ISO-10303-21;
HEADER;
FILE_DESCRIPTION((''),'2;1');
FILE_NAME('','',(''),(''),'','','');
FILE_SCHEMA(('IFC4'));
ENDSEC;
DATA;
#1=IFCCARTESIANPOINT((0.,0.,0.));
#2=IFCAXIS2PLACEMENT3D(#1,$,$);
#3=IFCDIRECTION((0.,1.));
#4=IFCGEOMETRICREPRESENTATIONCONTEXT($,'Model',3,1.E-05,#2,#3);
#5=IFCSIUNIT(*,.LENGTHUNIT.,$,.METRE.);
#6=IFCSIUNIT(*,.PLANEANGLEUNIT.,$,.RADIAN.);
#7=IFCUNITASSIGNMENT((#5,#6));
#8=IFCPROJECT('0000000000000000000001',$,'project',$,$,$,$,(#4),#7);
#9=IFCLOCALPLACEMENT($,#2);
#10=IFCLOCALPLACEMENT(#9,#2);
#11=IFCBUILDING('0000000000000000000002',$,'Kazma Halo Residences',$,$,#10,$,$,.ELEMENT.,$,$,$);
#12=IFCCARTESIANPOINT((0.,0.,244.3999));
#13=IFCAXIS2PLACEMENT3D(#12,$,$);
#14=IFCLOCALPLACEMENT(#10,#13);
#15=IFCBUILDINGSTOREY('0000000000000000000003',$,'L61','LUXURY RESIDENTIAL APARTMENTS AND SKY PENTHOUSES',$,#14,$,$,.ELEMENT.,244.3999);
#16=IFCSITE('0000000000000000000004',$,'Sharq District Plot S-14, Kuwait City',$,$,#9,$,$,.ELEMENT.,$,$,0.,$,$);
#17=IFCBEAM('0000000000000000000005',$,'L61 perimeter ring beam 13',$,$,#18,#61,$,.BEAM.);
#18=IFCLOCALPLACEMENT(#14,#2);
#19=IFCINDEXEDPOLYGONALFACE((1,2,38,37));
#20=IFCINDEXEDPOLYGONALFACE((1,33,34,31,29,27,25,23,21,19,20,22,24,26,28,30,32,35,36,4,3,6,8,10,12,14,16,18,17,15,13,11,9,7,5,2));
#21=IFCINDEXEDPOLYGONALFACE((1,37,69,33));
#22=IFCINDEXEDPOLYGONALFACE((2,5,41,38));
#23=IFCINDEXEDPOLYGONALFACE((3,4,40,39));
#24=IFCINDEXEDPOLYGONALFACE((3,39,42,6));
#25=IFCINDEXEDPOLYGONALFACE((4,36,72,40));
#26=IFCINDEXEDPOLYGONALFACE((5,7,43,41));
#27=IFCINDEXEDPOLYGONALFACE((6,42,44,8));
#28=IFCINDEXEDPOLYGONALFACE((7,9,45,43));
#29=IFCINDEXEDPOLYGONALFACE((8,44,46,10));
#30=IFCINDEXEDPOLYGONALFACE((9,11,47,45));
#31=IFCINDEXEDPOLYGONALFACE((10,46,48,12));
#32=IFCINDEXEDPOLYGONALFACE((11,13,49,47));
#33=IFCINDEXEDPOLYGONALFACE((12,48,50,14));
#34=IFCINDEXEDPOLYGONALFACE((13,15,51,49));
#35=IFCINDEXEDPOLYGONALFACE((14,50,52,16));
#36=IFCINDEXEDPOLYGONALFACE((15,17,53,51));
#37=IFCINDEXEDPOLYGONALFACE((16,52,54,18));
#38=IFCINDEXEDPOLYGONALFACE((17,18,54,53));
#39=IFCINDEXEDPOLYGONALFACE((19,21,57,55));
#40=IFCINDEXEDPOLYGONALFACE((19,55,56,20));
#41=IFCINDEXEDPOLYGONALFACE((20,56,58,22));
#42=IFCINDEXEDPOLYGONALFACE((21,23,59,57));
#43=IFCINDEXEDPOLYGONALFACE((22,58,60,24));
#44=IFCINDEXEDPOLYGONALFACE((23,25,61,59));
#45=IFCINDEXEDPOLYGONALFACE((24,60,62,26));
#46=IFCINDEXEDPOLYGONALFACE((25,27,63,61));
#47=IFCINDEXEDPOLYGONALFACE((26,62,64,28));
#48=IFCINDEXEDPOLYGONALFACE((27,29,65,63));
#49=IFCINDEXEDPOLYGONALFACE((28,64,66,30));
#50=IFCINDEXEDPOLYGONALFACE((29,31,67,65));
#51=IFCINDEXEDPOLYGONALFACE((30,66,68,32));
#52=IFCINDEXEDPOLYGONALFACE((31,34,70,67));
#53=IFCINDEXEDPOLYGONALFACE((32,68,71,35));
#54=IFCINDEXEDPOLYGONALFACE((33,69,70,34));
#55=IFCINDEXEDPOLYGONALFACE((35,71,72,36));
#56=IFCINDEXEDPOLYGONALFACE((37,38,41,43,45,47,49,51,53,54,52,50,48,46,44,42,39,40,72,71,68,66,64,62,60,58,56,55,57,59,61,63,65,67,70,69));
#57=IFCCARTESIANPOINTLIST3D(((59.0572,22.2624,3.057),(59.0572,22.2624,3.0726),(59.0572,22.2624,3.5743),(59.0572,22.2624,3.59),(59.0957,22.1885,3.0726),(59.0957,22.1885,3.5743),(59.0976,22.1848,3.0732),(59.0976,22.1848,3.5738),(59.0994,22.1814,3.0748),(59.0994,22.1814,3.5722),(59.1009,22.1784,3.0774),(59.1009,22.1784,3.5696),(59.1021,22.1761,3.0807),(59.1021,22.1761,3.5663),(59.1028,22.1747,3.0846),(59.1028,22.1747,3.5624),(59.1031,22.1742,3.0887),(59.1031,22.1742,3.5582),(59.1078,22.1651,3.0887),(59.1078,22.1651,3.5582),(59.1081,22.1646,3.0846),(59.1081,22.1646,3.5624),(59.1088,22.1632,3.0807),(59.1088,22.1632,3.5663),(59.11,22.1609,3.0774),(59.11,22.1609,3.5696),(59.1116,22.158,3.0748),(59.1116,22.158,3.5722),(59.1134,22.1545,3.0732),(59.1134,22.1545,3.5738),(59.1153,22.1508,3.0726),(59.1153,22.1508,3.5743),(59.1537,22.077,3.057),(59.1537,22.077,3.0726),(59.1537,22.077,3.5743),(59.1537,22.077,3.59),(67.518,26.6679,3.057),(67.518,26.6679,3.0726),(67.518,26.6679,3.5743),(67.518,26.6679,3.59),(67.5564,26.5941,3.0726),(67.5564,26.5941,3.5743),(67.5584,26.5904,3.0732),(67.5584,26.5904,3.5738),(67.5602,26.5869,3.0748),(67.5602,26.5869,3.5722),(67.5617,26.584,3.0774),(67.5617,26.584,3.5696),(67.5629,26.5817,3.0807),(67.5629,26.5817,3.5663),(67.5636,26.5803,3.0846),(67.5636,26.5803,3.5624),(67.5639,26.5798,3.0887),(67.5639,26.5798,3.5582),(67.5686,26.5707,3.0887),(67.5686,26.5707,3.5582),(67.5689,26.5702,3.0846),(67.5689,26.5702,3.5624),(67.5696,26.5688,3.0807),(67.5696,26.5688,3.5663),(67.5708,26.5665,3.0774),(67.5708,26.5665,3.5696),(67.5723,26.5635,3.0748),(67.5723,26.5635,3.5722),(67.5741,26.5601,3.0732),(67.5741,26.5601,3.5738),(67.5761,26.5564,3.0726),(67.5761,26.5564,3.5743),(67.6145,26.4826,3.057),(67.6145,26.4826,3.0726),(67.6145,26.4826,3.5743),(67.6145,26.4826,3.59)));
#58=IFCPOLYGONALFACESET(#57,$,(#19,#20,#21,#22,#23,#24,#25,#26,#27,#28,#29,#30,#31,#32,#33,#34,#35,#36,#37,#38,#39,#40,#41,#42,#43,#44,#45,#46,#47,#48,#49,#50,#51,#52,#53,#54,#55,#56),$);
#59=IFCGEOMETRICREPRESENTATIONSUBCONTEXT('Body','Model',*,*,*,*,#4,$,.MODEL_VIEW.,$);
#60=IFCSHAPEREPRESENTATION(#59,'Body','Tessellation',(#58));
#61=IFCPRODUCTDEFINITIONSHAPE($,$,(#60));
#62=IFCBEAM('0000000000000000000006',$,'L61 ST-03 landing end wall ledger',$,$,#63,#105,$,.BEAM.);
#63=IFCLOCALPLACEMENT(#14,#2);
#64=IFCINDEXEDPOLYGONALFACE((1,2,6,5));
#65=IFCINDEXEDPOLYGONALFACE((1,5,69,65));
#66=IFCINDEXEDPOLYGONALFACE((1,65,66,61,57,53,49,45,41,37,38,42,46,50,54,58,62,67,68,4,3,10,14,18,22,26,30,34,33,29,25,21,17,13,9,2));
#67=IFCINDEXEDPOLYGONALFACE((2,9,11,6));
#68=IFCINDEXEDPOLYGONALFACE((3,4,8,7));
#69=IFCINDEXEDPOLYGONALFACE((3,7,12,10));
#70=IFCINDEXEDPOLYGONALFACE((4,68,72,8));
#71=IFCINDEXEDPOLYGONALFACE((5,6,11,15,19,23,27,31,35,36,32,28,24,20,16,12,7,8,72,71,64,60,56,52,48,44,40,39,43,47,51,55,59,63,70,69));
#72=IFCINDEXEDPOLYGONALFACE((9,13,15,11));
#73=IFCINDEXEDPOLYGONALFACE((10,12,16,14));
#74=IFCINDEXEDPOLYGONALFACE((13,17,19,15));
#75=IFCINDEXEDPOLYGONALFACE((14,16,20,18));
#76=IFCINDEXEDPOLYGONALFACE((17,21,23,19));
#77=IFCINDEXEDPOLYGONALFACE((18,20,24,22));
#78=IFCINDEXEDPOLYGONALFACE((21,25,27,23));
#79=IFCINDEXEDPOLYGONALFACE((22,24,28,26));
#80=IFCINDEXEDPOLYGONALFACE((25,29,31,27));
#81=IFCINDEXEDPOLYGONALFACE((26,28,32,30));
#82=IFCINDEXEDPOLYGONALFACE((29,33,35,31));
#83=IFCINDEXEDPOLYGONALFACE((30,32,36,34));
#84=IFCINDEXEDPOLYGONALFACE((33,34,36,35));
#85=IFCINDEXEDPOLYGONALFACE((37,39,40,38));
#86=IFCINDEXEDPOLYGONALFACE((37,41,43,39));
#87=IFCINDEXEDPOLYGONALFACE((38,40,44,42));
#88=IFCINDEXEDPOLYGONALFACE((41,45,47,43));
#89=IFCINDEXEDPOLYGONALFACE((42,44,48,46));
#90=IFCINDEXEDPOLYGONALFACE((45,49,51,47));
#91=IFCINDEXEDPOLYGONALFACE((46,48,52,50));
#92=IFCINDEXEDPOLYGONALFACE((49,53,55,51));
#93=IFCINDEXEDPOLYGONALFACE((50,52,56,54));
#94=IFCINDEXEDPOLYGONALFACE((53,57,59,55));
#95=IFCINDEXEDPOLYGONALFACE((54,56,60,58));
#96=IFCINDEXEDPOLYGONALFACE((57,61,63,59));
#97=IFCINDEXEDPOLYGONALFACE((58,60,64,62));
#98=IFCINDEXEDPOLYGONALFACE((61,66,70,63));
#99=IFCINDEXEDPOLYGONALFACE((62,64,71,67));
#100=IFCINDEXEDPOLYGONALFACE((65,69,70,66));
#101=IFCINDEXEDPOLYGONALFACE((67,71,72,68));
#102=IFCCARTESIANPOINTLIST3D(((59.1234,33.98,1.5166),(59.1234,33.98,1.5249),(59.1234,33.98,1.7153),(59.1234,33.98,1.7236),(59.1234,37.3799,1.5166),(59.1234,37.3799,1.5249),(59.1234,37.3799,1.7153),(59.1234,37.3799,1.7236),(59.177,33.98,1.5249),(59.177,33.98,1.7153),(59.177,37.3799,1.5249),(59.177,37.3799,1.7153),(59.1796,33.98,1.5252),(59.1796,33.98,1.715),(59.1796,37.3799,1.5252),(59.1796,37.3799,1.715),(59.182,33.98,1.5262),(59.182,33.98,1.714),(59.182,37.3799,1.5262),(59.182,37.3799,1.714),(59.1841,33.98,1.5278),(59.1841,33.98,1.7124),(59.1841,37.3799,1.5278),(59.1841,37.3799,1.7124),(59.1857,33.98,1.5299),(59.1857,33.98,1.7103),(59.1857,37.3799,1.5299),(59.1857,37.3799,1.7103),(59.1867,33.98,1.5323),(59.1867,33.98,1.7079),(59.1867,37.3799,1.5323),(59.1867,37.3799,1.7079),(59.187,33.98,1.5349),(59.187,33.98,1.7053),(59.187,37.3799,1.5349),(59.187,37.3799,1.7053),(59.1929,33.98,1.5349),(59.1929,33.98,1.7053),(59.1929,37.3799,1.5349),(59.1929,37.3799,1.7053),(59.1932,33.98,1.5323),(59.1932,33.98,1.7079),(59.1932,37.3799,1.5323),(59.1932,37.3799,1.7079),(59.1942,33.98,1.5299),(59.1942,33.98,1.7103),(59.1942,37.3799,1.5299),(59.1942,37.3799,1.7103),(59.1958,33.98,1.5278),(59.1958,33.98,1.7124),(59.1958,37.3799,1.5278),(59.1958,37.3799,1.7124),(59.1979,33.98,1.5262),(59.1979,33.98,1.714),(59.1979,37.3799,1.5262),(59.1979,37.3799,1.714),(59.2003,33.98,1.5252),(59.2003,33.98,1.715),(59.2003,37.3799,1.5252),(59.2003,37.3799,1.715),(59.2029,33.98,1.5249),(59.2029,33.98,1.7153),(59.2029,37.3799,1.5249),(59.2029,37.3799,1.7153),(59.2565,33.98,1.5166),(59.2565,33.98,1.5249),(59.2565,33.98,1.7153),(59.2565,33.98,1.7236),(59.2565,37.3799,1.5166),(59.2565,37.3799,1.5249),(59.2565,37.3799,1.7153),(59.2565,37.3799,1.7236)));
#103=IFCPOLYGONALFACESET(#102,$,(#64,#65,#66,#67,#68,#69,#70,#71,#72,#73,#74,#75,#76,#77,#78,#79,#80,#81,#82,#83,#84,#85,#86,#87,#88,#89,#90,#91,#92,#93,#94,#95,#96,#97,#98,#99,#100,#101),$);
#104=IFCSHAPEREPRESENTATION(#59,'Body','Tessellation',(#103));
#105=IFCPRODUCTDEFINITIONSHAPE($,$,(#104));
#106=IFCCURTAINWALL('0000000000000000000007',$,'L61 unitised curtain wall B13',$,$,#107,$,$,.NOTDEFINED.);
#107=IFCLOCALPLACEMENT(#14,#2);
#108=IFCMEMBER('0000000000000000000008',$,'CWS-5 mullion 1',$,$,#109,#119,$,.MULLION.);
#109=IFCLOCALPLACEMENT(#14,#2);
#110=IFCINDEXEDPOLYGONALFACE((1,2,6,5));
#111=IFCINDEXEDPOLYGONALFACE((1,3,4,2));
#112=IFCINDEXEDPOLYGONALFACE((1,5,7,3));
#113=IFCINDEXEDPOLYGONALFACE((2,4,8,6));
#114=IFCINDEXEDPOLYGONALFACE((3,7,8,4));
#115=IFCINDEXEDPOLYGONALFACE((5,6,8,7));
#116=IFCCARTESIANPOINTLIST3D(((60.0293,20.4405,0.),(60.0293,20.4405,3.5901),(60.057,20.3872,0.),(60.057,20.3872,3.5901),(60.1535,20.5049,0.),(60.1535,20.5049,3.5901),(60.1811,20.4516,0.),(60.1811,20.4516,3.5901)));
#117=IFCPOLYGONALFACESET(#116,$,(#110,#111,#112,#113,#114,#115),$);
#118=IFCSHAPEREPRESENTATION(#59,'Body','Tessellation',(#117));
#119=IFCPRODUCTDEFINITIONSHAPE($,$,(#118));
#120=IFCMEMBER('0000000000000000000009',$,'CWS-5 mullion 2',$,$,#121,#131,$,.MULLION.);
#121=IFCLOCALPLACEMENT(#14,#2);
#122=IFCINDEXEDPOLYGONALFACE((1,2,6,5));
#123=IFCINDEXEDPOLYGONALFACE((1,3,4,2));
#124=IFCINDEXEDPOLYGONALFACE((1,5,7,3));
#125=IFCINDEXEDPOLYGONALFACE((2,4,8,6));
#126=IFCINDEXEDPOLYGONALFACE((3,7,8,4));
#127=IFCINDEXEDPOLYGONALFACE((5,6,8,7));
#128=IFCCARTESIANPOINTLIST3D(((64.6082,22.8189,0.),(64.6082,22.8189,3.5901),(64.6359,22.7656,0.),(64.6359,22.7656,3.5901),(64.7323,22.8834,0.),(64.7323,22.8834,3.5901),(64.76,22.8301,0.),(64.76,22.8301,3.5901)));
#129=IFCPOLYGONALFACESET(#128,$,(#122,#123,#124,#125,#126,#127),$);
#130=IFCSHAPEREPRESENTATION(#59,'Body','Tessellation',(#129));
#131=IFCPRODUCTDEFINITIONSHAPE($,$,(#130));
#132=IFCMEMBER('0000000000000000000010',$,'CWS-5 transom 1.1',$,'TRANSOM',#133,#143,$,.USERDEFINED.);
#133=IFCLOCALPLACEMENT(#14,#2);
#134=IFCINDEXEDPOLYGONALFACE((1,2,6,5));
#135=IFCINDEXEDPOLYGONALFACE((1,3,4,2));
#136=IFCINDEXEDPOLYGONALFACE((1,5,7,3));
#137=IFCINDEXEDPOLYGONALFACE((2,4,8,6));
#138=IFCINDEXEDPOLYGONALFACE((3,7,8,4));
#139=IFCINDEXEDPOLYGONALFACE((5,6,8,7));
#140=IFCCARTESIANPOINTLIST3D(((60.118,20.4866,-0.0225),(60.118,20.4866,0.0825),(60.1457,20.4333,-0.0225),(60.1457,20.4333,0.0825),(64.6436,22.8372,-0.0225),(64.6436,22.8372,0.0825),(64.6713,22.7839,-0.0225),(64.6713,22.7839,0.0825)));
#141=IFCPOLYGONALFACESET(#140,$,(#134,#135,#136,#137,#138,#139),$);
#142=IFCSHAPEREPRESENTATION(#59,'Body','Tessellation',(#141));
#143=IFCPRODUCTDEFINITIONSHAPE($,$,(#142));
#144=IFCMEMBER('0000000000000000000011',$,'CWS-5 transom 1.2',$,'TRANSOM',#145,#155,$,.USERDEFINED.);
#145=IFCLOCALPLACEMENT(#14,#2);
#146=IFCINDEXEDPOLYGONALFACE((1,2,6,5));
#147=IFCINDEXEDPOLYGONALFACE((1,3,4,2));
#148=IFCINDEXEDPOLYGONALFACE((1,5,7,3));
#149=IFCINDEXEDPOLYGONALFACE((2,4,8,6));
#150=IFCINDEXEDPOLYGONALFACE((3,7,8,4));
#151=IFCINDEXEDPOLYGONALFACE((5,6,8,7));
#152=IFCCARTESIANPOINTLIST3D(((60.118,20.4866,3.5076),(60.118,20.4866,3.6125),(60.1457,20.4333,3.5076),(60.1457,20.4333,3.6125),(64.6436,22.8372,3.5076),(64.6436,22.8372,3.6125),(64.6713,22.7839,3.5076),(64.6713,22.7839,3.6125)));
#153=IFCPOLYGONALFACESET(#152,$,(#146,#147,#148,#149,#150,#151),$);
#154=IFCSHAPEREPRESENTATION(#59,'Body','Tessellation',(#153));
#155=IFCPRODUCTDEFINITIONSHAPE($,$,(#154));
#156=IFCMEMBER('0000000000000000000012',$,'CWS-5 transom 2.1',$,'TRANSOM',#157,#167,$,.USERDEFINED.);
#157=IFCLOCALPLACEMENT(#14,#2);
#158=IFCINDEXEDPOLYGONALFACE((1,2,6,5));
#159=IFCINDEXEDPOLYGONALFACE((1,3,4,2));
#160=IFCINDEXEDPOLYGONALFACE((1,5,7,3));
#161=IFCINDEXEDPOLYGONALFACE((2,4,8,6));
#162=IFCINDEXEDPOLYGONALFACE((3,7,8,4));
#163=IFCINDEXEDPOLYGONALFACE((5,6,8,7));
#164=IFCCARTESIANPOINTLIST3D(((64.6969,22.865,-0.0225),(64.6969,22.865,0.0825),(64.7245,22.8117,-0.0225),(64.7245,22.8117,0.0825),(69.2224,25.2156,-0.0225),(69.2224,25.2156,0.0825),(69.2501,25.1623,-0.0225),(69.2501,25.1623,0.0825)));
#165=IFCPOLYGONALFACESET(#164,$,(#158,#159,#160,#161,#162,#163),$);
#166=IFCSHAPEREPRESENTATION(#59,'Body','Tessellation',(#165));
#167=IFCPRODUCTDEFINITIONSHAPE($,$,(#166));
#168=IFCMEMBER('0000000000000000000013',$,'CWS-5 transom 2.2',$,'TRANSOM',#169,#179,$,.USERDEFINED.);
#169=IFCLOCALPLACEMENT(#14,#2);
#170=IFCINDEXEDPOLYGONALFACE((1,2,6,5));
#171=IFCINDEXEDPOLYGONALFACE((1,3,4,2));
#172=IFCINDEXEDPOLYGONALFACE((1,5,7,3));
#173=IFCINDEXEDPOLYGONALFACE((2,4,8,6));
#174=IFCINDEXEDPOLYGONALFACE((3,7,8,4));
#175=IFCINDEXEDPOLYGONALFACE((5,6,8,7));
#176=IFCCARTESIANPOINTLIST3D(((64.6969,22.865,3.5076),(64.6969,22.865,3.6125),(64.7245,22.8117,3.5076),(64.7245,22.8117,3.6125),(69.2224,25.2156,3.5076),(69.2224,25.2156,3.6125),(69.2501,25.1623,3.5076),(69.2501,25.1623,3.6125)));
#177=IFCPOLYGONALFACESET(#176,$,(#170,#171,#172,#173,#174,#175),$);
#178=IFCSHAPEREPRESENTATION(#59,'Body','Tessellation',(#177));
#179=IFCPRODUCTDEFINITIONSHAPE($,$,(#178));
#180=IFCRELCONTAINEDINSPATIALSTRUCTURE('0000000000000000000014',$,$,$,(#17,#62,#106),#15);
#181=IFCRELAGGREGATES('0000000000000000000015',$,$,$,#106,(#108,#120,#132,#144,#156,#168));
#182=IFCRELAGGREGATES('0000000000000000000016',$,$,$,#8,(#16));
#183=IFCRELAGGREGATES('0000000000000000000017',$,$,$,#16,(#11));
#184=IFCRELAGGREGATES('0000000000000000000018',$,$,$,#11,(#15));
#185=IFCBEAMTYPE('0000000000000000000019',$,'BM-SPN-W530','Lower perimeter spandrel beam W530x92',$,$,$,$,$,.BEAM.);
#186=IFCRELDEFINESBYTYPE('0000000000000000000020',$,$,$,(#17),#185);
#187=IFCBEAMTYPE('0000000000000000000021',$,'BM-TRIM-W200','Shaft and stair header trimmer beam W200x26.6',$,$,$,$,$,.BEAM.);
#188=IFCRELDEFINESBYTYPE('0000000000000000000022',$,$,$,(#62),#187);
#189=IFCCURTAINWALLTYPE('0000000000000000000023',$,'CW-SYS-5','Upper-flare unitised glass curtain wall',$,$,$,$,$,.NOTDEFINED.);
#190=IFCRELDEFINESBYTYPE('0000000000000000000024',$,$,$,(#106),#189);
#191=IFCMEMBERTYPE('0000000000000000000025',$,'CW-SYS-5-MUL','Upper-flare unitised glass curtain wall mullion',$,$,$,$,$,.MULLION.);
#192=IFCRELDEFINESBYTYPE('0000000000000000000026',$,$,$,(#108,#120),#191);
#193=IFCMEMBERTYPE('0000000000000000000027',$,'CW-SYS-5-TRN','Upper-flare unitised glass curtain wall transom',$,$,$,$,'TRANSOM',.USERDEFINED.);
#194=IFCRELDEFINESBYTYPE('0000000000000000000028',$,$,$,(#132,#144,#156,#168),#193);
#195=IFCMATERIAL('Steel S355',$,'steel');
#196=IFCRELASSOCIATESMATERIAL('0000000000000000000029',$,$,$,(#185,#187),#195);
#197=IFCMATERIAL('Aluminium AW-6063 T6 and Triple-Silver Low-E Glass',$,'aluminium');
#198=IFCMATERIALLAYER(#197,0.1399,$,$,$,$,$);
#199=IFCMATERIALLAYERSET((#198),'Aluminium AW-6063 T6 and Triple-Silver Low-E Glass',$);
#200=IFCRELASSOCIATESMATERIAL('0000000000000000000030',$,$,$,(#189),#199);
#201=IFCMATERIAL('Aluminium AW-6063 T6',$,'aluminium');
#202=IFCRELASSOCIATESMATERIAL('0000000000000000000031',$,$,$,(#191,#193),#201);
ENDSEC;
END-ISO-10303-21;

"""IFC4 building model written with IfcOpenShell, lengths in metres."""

from ifc_helpers import new_model, si_unit, direction, frame, origin, origin_2d, place, context, subcontext, project, spatial, rectangle, i_section, extrude, material, layer, layer_set, material_profile, profile_set, type_object, element, aggregate, save


model = new_model("IFC4")

# Units and contexts
model_context = context("Model", 3, precision=1e-05, world=origin(), true_north=direction((0.0, 1.0)))
body_context = subcontext(model_context, "Body", "Model", "MODEL_VIEW")
ifc_project = project(units=[si_unit("LENGTHUNIT", "METRE"), si_unit("PLANEANGLEUNIT", "RADIAN")], contexts=[model_context])

# Site, building, storey
site_placement = place(None, origin())
site = spatial("IfcSite", under=ifc_project, at=site_placement, Name="Sharq District Plot S-14, Kuwait City", CompositionType="ELEMENT", RefElevation=0.0)
building_placement = place(site_placement, origin())
building = spatial("IfcBuilding", under=site, at=building_placement, Name="Kazma Halo Residences", CompositionType="ELEMENT")
storey_placement = place(building_placement, frame((0.0, 0.0, 244.3999)))
storey = spatial("IfcBuildingStorey", under=building, at=storey_placement, Name="L61", Description="LUXURY RESIDENTIAL APARTMENTS AND SKY PENTHOUSES", CompositionType="ELEMENT", Elevation=244.3999)

# Beams
ifc_material_1 = material(Name="Steel S355", Category="steel")
ifc_material_profile_1 = material_profile(ifc_material_1, i_section(OverallWidth=0.209, OverallDepth=0.533, WebThickness=0.0103, FlangeThickness=0.0156, FilletRadius=0.0161, at=origin_2d()), Name="W530x92")
ifc_profile_set_1 = profile_set([ifc_material_profile_1], Name="Steel S355")
beam_type_1 = type_object("IfcBeamType", Name="BM-SPN-W530", Description="Lower perimeter spandrel beam W530x92", PredefinedType="BEAM", material=ifc_profile_set_1)
beam_1_placement = place(storey_placement, frame((59.1055, 22.1697, 3.3235), z_axis=(0.886961, 0.461844, 0.0), x_axis=(-0.461844, 0.886961, 0.0)))
element("IfcBeam", 1, at=beam_1_placement, inside=storey, type_object=beam_type_1, Name="L61 perimeter ring beam 13", PredefinedType="BEAM", context=body_context, shape_type="SweptSolid", body=[
    extrude(i_section(OverallWidth=0.209, OverallDepth=0.533, WebThickness=0.0103, FlangeThickness=0.0156, FilletRadius=0.0161, at=origin_2d()), origin(), (0.0, 0.0, 1.0), 9.5391),
])
ifc_material_profile_2 = material_profile(ifc_material_1, i_section(OverallWidth=0.1331, OverallDepth=0.207, WebThickness=0.0059, FlangeThickness=0.0083, FilletRadius=0.01, at=origin_2d()), Name="W200x26.6")
ifc_profile_set_2 = profile_set([ifc_material_profile_2], Name="Steel S355")
beam_type_2 = type_object("IfcBeamType", Name="BM-TRIM-W200", Description="Shaft and stair header trimmer beam W200x26.6", PredefinedType="BEAM", material=ifc_profile_set_2)
beam_2_placement = place(storey_placement, frame((59.1899, 33.98, 1.6201), z_axis=(0.0, 1.0, 0.0), x_axis=(-1.0, 0.0, 0.0)))
element("IfcBeam", 2, at=beam_2_placement, inside=storey, type_object=beam_type_2, Name="L61 ST-03 landing end wall ledger", PredefinedType="BEAM", context=body_context, shape_type="SweptSolid", body=[
    extrude(i_section(OverallWidth=0.1331, OverallDepth=0.207, WebThickness=0.0059, FlangeThickness=0.0083, FilletRadius=0.01, at=origin_2d()), origin(), (0.0, 0.0, 1.0), 3.3999),
])

# Curtain wall, members
ifc_material_2 = material(Name="Aluminium AW-6063 T6 and Triple-Silver Low-E Glass", Category="aluminium")
ifc_layer_1 = layer(ifc_material_2, 0.1399)
ifc_layer_set_1 = layer_set([ifc_layer_1], Name="Aluminium AW-6063 T6 and Triple-Silver Low-E Glass")
curtain_wall_type = type_object("IfcCurtainWallType", Name="CW-SYS-5", Description="Upper-flare unitised glass curtain wall", PredefinedType="NOTDEFINED", material=ifc_layer_set_1)
curtain_wall_placement = place(storey_placement, origin())
curtain_wall = element("IfcCurtainWall", 3, at=curtain_wall_placement, inside=storey, type_object=curtain_wall_type, Name="L61 unitised curtain wall B13", PredefinedType="NOTDEFINED")
ifc_material_3 = material(Name="Aluminium AW-6063 T6", Category="aluminium")
ifc_material_profile_3 = material_profile(ifc_material_3, rectangle(XDim=0.0601, YDim=0.1399, at=origin_2d()), Name="CWM-60x140")
ifc_profile_set_3 = profile_set([ifc_material_profile_3], Name="Aluminium AW-6063 T6")
member_type_1 = type_object("IfcMemberType", Name="CW-SYS-5-MUL", Description="Upper-flare unitised glass curtain wall mullion", PredefinedType="MULLION", material=ifc_profile_set_3)
member_1_placement = place(storey_placement, frame((60.1052, 20.446, 0.0), z_axis=(0.0, 0.0, 1.0), x_axis=(-0.460961, 0.887421, 0.0)))
member_1 = element("IfcMember", 4, at=member_1_placement, type_object=member_type_1, Name="CWS-5 mullion 1", PredefinedType="MULLION", context=body_context, shape_type="SweptSolid", body=[
    extrude(rectangle(XDim=0.0601, YDim=0.1399, at=origin_2d()), origin(), (0.0, 0.0, 1.0), 3.5901),
])
member_2_placement = place(storey_placement, frame((64.6841, 22.8245, 0.0), z_axis=(0.0, 0.0, 1.0), x_axis=(-0.460961, 0.887421, 0.0)))
member_2 = element("IfcMember", 5, at=member_2_placement, type_object=member_type_1, Name="CWS-5 mullion 2", PredefinedType="MULLION", context=body_context, shape_type="SweptSolid", body=[
    extrude(rectangle(XDim=0.0601, YDim=0.1399, at=origin_2d()), origin(), (0.0, 0.0, 1.0), 3.5901),
])
ifc_material_profile_4 = material_profile(ifc_material_3, rectangle(XDim=0.0601, YDim=0.105, at=origin_2d()), Name="CWT-60x105")
ifc_profile_set_4 = profile_set([ifc_material_profile_4], Name="Aluminium AW-6063 T6")
member_type_2 = type_object("IfcMemberType", Name="CW-SYS-5-TRN", Description="Upper-flare unitised glass curtain wall transom", ElementType="TRANSOM", PredefinedType="USERDEFINED", material=ifc_profile_set_4)
member_3_placement = place(storey_placement, frame((60.1318, 20.46, 0.03), z_axis=(0.887437, 0.460929, 0.0), x_axis=(-0.460929, 0.887437, 0.0)))
member_3 = element("IfcMember", 6, at=member_3_placement, type_object=member_type_2, Name="CWS-5 transom 1.1", ObjectType="TRANSOM", PredefinedType="USERDEFINED", context=body_context, shape_type="SweptSolid", body=[
    extrude(rectangle(XDim=0.0601, YDim=0.105, at=origin_2d()), origin(), (0.0, 0.0, 1.0), 5.0996),
])
member_4_placement = place(storey_placement, frame((60.1318, 20.46, 3.5601), z_axis=(0.887437, 0.460929, 0.0), x_axis=(-0.460929, 0.887437, 0.0)))
member_4 = element("IfcMember", 7, at=member_4_placement, type_object=member_type_2, Name="CWS-5 transom 1.2", ObjectType="TRANSOM", PredefinedType="USERDEFINED", context=body_context, shape_type="SweptSolid", body=[
    extrude(rectangle(XDim=0.0601, YDim=0.105, at=origin_2d()), origin(), (0.0, 0.0, 1.0), 5.0996),
])
member_5_placement = place(storey_placement, frame((64.7107, 22.8384, 0.03), z_axis=(0.887437, 0.460929, 0.0), x_axis=(-0.460929, 0.887437, 0.0)))
member_5 = element("IfcMember", 8, at=member_5_placement, type_object=member_type_2, Name="CWS-5 transom 2.1", ObjectType="TRANSOM", PredefinedType="USERDEFINED", context=body_context, shape_type="SweptSolid", body=[
    extrude(rectangle(XDim=0.0601, YDim=0.105, at=origin_2d()), origin(), (0.0, 0.0, 1.0), 5.0996),
])
member_6_placement = place(storey_placement, frame((64.7107, 22.8384, 3.5601), z_axis=(0.887437, 0.460929, 0.0), x_axis=(-0.460929, 0.887437, 0.0)))
member_6 = element("IfcMember", 9, at=member_6_placement, type_object=member_type_2, Name="CWS-5 transom 2.2", ObjectType="TRANSOM", PredefinedType="USERDEFINED", context=body_context, shape_type="SweptSolid", body=[
    extrude(rectangle(XDim=0.0601, YDim=0.105, at=origin_2d()), origin(), (0.0, 0.0, 1.0), 5.0996),
])
aggregate(curtain_wall, [member_1, member_2, member_3, member_4, member_5, member_6])

save(model, "model.ifc")
